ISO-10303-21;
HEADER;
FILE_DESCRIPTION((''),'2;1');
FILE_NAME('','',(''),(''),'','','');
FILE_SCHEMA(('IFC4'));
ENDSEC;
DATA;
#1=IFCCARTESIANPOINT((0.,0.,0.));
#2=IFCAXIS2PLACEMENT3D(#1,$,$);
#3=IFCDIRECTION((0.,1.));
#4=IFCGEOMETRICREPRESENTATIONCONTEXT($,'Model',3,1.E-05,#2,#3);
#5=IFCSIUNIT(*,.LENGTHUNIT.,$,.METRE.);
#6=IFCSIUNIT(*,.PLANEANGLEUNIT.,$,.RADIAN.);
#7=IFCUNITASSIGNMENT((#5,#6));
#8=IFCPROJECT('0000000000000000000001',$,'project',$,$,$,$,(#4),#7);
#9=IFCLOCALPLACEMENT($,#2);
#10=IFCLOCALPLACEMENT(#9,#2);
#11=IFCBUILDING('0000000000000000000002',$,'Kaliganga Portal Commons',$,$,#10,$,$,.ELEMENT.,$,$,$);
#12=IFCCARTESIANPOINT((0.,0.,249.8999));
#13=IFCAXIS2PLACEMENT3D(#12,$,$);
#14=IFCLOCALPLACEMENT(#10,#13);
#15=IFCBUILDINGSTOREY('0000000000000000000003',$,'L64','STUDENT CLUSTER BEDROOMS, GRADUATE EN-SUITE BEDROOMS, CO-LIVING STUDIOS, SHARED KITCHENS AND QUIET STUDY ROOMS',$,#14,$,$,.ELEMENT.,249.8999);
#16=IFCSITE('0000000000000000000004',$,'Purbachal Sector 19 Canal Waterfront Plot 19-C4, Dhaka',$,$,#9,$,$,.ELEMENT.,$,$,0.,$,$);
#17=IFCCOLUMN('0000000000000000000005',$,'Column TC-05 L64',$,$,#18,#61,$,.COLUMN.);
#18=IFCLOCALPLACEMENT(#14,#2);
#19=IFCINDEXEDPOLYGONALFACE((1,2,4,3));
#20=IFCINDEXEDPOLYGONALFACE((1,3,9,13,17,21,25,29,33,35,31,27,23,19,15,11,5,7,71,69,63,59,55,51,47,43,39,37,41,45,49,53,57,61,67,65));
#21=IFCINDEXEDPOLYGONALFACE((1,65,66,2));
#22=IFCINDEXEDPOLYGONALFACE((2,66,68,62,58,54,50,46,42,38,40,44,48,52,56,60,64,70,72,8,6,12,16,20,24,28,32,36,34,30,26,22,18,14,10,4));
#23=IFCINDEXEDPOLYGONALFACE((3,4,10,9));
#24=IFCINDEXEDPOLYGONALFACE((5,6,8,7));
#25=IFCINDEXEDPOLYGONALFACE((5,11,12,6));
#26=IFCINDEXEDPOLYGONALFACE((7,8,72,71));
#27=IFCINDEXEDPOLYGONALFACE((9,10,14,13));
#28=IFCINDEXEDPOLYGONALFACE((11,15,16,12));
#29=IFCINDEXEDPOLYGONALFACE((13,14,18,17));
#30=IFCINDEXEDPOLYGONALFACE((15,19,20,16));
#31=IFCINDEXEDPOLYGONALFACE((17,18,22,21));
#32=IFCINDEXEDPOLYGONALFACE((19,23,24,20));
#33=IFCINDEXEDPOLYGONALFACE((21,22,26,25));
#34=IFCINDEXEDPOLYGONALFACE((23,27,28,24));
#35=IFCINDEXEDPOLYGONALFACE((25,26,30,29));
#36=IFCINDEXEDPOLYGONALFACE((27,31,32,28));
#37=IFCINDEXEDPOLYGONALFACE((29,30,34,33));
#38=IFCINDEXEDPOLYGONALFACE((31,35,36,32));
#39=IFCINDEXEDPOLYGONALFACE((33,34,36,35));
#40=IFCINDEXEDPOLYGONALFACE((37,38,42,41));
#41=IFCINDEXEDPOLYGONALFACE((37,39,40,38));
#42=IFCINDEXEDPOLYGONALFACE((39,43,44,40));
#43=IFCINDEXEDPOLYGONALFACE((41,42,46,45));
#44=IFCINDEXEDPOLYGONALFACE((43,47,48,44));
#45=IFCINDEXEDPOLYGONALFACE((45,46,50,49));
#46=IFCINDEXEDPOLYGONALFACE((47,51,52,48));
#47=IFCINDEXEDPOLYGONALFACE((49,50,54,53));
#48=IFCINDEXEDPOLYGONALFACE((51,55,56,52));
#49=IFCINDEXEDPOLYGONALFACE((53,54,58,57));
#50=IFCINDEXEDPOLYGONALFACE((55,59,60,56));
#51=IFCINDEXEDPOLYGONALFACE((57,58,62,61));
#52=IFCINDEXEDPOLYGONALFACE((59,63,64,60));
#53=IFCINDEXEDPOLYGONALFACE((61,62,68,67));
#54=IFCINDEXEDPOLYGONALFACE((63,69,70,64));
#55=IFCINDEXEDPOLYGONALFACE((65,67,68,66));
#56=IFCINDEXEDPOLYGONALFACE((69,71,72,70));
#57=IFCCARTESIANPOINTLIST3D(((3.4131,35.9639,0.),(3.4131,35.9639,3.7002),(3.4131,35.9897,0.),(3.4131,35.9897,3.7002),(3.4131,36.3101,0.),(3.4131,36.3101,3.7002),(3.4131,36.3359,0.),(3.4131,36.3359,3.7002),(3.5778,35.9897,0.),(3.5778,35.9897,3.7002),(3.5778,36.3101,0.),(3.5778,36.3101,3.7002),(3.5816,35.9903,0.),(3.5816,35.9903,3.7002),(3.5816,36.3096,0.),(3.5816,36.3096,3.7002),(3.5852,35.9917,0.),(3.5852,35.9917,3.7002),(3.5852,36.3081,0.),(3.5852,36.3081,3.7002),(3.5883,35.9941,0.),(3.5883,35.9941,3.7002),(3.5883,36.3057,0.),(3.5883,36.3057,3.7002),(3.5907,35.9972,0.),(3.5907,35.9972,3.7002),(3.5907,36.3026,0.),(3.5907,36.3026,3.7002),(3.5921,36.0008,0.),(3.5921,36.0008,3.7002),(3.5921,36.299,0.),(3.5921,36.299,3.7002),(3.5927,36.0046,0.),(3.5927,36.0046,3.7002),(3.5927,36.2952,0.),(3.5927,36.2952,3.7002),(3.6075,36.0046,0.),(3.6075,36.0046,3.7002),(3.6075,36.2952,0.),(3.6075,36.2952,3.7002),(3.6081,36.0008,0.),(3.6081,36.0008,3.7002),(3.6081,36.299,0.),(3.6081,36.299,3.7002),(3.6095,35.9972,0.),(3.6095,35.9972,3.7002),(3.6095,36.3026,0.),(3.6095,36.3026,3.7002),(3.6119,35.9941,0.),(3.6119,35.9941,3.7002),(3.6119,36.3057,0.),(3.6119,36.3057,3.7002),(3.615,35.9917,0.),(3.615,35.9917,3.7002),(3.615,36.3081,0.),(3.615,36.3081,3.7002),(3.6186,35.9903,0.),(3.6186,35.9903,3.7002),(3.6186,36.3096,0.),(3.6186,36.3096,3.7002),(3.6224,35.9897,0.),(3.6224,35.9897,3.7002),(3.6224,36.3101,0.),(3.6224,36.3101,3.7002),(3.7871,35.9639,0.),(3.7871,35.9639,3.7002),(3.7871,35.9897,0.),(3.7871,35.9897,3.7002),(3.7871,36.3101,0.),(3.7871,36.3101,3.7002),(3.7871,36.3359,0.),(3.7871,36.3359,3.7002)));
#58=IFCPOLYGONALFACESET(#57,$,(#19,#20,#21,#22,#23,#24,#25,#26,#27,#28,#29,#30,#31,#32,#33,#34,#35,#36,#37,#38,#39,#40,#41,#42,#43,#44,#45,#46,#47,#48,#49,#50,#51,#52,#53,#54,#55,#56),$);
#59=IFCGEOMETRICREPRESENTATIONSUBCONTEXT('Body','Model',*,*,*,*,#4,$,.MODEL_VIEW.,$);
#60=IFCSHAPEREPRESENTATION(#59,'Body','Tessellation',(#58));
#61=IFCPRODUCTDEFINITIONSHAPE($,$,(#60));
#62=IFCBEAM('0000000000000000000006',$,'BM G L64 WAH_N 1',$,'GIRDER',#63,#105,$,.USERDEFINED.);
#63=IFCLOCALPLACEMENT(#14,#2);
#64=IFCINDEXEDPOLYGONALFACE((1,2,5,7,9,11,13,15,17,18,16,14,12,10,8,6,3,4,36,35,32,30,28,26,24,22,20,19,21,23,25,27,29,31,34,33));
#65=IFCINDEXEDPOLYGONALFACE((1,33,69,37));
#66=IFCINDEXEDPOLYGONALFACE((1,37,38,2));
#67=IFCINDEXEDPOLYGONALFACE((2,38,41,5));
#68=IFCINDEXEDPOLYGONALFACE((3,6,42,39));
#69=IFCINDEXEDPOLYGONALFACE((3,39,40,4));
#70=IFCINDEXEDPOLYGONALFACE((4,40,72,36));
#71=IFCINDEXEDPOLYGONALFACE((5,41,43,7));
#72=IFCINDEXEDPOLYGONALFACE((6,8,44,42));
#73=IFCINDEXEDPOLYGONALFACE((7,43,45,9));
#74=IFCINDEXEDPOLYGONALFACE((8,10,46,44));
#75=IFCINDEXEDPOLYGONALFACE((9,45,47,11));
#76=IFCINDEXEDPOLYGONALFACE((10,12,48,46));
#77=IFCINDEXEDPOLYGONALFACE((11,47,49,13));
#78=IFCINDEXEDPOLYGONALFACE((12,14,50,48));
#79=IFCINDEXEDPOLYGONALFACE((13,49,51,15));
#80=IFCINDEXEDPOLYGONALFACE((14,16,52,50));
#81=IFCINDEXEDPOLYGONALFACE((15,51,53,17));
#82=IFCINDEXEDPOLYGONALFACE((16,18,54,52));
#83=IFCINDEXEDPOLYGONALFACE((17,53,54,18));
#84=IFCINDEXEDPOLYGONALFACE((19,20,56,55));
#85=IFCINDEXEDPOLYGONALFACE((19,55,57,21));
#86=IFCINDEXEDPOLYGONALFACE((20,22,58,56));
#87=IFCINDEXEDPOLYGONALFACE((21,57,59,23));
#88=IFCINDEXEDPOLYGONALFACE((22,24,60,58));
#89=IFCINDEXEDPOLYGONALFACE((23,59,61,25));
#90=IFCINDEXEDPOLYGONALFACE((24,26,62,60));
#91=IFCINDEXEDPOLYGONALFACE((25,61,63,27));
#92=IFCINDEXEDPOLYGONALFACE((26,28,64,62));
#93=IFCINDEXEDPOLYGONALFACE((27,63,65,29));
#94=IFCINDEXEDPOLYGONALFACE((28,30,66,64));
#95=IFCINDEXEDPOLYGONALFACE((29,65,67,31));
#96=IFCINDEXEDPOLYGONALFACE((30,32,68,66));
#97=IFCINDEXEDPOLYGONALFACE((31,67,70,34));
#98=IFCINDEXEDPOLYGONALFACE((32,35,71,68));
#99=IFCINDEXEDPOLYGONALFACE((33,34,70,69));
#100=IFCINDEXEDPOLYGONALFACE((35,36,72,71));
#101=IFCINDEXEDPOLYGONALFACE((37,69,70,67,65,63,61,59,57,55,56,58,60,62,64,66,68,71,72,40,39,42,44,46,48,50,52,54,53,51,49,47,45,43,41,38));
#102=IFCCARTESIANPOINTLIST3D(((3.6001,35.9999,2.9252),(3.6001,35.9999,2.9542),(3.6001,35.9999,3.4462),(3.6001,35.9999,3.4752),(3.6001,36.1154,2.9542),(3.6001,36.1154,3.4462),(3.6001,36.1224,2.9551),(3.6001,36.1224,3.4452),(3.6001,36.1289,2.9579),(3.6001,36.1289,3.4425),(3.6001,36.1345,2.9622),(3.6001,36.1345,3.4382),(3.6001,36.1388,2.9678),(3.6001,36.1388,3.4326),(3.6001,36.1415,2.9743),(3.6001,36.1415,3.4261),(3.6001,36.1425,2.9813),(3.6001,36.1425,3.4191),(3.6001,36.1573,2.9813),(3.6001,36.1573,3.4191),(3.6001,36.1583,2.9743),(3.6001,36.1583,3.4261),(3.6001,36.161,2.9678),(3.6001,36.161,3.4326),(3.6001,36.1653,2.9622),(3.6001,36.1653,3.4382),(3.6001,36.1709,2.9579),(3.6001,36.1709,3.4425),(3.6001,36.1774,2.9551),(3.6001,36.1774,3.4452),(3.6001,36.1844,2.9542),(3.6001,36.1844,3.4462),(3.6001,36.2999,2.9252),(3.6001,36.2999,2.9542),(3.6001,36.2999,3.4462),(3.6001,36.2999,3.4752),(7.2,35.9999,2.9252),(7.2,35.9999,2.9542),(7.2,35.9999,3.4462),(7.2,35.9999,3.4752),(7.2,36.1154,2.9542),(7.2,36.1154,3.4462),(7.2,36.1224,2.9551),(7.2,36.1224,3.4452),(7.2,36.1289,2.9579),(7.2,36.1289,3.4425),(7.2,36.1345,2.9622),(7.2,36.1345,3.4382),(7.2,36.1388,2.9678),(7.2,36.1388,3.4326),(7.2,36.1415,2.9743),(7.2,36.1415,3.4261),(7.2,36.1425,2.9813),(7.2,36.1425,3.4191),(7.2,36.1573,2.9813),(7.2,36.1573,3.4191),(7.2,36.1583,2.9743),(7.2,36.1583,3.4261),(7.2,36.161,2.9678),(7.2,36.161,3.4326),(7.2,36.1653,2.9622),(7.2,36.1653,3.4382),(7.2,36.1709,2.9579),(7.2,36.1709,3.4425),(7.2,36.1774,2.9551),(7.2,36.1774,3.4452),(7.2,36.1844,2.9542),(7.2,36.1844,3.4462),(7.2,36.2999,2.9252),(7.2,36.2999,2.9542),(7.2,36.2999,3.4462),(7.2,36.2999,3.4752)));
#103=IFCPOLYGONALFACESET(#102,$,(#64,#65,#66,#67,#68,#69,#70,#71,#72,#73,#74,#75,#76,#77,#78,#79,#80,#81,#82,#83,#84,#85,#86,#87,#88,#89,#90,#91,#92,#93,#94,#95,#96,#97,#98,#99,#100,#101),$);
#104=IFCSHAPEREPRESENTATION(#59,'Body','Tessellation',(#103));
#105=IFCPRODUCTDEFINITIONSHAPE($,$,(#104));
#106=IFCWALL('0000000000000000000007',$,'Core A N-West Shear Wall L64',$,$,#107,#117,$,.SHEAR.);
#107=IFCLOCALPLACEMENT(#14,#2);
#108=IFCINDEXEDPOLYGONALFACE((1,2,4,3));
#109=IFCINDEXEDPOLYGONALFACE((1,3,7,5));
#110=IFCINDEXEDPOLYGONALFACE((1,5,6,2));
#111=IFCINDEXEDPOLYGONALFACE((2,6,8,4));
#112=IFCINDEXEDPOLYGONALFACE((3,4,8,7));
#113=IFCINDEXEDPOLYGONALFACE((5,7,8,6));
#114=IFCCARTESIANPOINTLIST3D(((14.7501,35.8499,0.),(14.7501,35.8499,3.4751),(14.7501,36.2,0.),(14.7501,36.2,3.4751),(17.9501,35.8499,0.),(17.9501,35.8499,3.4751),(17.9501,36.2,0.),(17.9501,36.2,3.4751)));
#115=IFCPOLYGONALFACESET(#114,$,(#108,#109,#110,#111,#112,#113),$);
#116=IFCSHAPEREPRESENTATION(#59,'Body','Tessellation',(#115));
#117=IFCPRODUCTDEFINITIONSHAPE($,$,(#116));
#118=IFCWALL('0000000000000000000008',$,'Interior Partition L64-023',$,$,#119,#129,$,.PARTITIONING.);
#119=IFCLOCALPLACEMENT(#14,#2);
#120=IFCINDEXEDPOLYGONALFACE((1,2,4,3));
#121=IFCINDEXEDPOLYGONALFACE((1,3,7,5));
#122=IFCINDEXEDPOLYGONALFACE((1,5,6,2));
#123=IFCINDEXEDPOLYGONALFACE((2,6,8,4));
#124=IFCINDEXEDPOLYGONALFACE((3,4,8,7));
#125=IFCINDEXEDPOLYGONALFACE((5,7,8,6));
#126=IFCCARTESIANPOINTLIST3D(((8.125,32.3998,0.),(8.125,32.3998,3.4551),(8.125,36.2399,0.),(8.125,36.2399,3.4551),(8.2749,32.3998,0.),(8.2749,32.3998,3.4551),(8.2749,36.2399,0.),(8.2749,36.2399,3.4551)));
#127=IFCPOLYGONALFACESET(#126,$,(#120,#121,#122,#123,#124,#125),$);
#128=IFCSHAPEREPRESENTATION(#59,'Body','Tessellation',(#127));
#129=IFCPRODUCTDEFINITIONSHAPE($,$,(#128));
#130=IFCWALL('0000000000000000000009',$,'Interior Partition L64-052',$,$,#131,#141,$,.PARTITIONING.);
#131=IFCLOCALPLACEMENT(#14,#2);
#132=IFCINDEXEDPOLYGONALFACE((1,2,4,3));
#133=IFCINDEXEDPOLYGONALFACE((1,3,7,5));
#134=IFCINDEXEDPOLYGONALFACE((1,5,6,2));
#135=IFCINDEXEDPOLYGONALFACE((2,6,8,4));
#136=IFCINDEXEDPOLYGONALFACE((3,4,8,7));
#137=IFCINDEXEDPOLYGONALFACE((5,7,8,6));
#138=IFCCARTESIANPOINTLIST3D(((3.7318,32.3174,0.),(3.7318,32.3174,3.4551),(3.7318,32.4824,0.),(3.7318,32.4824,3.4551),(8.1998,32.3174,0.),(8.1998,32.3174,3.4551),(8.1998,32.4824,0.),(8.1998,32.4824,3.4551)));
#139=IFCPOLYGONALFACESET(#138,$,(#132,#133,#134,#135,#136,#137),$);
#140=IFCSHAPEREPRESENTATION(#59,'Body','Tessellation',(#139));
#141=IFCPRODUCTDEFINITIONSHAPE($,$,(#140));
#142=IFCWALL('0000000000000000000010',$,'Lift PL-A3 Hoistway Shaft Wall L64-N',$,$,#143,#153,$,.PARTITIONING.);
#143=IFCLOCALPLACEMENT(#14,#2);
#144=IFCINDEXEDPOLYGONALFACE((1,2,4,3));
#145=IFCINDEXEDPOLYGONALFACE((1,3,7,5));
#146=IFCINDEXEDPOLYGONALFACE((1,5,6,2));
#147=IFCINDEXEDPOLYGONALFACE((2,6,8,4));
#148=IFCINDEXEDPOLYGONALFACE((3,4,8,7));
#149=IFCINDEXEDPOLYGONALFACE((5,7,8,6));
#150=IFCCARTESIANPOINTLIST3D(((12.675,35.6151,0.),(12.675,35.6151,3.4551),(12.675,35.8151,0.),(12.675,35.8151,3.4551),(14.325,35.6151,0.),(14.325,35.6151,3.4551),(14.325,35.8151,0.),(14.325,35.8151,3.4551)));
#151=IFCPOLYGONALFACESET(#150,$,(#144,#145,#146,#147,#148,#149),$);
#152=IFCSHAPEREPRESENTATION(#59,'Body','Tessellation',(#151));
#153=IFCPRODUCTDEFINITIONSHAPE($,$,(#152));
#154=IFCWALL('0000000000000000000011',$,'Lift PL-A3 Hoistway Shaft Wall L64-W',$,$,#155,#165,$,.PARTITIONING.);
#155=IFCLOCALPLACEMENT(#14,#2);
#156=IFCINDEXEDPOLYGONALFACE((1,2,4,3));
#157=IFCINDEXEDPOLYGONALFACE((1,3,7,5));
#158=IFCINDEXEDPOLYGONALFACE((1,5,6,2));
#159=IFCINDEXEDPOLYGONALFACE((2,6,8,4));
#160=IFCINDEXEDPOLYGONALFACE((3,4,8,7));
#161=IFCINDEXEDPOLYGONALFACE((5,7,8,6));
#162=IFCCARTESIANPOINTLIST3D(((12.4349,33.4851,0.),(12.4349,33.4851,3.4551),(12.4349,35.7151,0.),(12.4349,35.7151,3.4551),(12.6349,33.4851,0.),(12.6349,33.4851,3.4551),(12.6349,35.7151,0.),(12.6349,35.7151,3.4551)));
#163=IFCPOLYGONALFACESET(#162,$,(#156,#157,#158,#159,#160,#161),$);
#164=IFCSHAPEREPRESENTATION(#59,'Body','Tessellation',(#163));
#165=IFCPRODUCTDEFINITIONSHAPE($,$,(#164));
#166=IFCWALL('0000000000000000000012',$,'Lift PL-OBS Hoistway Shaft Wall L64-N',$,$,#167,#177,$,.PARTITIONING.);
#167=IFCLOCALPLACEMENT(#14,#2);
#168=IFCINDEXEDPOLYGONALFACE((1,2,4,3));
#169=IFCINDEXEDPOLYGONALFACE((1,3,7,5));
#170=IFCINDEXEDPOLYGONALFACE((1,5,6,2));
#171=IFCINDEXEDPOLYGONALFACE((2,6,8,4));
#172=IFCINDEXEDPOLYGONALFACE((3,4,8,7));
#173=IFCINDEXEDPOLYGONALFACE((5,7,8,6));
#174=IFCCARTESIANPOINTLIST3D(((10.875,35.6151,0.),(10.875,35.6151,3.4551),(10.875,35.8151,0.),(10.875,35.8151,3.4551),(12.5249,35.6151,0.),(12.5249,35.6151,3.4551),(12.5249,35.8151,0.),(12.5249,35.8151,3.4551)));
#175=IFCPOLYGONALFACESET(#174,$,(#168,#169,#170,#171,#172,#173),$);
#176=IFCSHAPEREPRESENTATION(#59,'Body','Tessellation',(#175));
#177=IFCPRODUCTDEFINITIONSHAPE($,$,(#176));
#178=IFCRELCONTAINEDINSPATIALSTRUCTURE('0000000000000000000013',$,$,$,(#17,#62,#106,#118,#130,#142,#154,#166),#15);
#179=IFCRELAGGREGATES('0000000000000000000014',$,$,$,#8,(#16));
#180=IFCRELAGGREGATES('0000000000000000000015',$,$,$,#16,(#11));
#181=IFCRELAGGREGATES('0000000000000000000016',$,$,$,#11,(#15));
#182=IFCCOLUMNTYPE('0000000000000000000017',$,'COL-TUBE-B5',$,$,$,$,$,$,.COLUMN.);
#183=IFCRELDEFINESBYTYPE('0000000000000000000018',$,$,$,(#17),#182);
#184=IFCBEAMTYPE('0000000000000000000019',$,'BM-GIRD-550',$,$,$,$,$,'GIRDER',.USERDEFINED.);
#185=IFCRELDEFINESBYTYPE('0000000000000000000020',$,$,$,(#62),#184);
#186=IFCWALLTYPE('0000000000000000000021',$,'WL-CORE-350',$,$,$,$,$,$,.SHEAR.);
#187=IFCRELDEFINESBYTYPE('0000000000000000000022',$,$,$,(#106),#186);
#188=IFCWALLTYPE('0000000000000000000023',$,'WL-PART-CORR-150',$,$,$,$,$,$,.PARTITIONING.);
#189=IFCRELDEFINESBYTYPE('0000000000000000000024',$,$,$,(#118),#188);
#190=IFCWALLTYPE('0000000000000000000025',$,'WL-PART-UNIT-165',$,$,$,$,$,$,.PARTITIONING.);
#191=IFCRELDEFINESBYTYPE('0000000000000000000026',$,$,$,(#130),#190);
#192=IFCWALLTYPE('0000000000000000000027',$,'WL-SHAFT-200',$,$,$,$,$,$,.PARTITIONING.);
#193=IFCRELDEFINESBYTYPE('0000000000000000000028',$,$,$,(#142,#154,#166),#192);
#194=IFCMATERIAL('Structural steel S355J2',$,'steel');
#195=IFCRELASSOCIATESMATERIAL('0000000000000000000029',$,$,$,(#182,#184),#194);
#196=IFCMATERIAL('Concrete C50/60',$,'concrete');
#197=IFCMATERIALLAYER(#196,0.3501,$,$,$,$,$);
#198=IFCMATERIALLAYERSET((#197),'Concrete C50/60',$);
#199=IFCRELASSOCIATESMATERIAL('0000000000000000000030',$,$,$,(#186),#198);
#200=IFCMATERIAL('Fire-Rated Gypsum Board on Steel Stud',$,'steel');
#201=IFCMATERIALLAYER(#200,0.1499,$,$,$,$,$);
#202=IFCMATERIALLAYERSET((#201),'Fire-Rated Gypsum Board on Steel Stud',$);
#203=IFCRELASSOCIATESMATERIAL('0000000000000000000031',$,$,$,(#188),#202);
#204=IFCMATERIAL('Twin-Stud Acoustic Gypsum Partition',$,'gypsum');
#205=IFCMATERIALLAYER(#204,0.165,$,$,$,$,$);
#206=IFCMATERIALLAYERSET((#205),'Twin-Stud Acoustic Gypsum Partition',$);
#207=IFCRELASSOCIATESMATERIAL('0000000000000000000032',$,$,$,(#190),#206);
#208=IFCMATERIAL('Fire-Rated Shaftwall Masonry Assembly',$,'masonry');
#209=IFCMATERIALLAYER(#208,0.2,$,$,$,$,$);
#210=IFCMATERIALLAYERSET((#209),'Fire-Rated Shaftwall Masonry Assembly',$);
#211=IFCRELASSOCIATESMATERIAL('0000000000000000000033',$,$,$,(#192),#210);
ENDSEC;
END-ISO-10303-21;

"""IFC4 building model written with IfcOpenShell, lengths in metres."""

from ifc_helpers import new_model, si_unit, direction, frame, frame_2d, origin, origin_2d, place, context, subcontext, project, spatial, rectangle, i_section, extrude, source, transform, mapped, material, layer, layer_set, material_profile, profile_set, type_object, element, save


model = new_model("IFC4")

# Units and contexts
model_context = context("Model", 3, precision=1e-05, world=origin(), true_north=direction((0.0, 1.0)))
body_context = subcontext(model_context, "Body", "Model", "MODEL_VIEW")
ifc_project = project(units=[si_unit("LENGTHUNIT", "METRE"), si_unit("PLANEANGLEUNIT", "RADIAN")], contexts=[model_context])

# Site, building, storey
site_placement = place(None, origin())
site = spatial("IfcSite", under=ifc_project, at=site_placement, Name="Purbachal Sector 19 Canal Waterfront Plot 19-C4, Dhaka", CompositionType="ELEMENT", RefElevation=0.0)
building_placement = place(site_placement, origin())
building = spatial("IfcBuilding", under=site, at=building_placement, Name="Kaliganga Portal Commons", CompositionType="ELEMENT")
storey_placement = place(building_placement, frame((0.0, 0.0, 249.8999)))
storey = spatial("IfcBuildingStorey", under=building, at=storey_placement, Name="L64", Description="STUDENT CLUSTER BEDROOMS, GRADUATE EN-SUITE BEDROOMS, CO-LIVING STUDIOS, SHARED KITCHENS AND QUIET STUDY ROOMS", CompositionType="ELEMENT", Elevation=249.8999)

# Column
ifc_material_1 = material(Name="Structural steel S355J2", Category="steel")
ifc_material_profile_1 = material_profile(ifc_material_1, i_section(OverallWidth=0.374, OverallDepth=0.3721, WebThickness=0.0149, FlangeThickness=0.0259, FilletRadius=0.0149, at=origin_2d()), Name="HD 360x196")
ifc_profile_set_1 = profile_set([ifc_material_profile_1], Name="Structural steel S355J2 wide-flange")
column_type = type_object("IfcColumnType", Name="COL-TUBE-B5", PredefinedType="COLUMN", material=ifc_profile_set_1)
shared_shape_1 = source(origin(), body_context, "Body", "SweptSolid", [
    extrude(i_section(OverallWidth=0.374, OverallDepth=0.3721, WebThickness=0.0149, FlangeThickness=0.0259, FilletRadius=0.0149, at=origin_2d()), origin(), (0.0, 0.0, 1.0), 3.7002),
])
column_placement = place(storey_placement, frame((3.6001, 36.1499, 0.0), z_axis=(0.0, 0.0, 1.0), x_axis=(1.0, 0.0, 0.0)))
element("IfcColumn", 1, at=column_placement, inside=storey, type_object=column_type, Name="Column TC-05 L64", PredefinedType="COLUMN", context=body_context, shape_type="MappedRepresentation", body=[
    mapped(shared_shape_1, transform((0.0, 0.0, 0.0), x_axis=(1.0, 0.0, 0.0), y_axis=(0.0, 1.0, 0.0), z_axis=(0.0, 0.0, 1.0), scale=1.0)),
])

# Beam
ifc_material_profile_2 = material_profile(ifc_material_1, i_section(OverallWidth=0.3, OverallDepth=0.55, WebThickness=0.0149, FlangeThickness=0.0291, FilletRadius=0.0271, at=origin_2d()), Name="HE 550 B")
ifc_profile_set_2 = profile_set([ifc_material_profile_2], Name="Structural steel S355J2 wide-flange")
beam_type = type_object("IfcBeamType", Name="BM-GIRD-550", ElementType="GIRDER", PredefinedType="USERDEFINED", material=ifc_profile_set_2)
shared_shape_2 = source(origin(), body_context, "Body", "SweptSolid", [
    extrude(i_section(OverallWidth=0.3, OverallDepth=0.55, WebThickness=0.0149, FlangeThickness=0.0291, FilletRadius=0.0271, at=origin_2d()), origin(), (0.0, 0.0, 1.0), 3.5999),
])
beam_placement = place(storey_placement, frame((3.6001, 36.1499, 3.2002), z_axis=(1.0, 0.0, 0.0), x_axis=(0.0, 1.0, 0.0)))
element("IfcBeam", 2, at=beam_placement, inside=storey, type_object=beam_type, Name="BM G L64 WAH_N 1", ObjectType="GIRDER", PredefinedType="USERDEFINED", context=body_context, shape_type="MappedRepresentation", body=[
    mapped(shared_shape_2, transform((0.0, 0.0, 0.0), x_axis=(1.0, 0.0, 0.0), y_axis=(0.0, 1.0, 0.0), z_axis=(0.0, 0.0, 1.0), scale=1.0)),
])

# Walls
ifc_material_2 = material(Name="Concrete C50/60", Category="concrete")
ifc_layer_1 = layer(ifc_material_2, 0.3501)
ifc_layer_set_1 = layer_set([ifc_layer_1], Name="Concrete C50/60")
wall_type_1 = type_object("IfcWallType", Name="WL-CORE-350", PredefinedType="SHEAR", material=ifc_layer_set_1)
wall_1_placement = place(storey_placement, frame((14.75, 36.0249, 0.0), z_axis=(0.0, 0.0, 1.0), x_axis=(1.0, 0.0, 0.0)))
element("IfcWall", 3, at=wall_1_placement, inside=storey, type_object=wall_type_1, Name="Core A N-West Shear Wall L64", PredefinedType="SHEAR", context=body_context, shape_type="SweptSolid", body=[
    extrude(rectangle(XDim=3.2, YDim=0.3501, at=frame_2d((1.6001, 0.0))), origin(), (0.0, 0.0, 1.0), 3.4751),
])
ifc_material_3 = material(Name="Fire-Rated Gypsum Board on Steel Stud", Category="steel")
ifc_layer_2 = layer(ifc_material_3, 0.1499)
ifc_layer_set_2 = layer_set([ifc_layer_2], Name="Fire-Rated Gypsum Board on Steel Stud")
wall_type_2 = type_object("IfcWallType", Name="WL-PART-CORR-150", PredefinedType="PARTITIONING", material=ifc_layer_set_2)
wall_2_placement = place(storey_placement, frame((8.2, 32.3999, 0.0), z_axis=(0.0, 0.0, 1.0), x_axis=(0.0, 1.0, 0.0)))
element("IfcWall", 4, at=wall_2_placement, inside=storey, type_object=wall_type_2, Name="Interior Partition L64-023", PredefinedType="PARTITIONING", context=body_context, shape_type="SweptSolid", body=[
    extrude(rectangle(XDim=3.8401, YDim=0.1499, at=frame_2d((1.9199, 0.0))), origin(), (0.0, 0.0, 1.0), 3.4551),
])
ifc_material_4 = material(Name="Twin-Stud Acoustic Gypsum Partition", Category="gypsum")
ifc_layer_3 = layer(ifc_material_4, 0.165)
ifc_layer_set_3 = layer_set([ifc_layer_3], Name="Twin-Stud Acoustic Gypsum Partition")
wall_type_3 = type_object("IfcWallType", Name="WL-PART-UNIT-165", PredefinedType="PARTITIONING", material=ifc_layer_set_3)
wall_3_placement = place(storey_placement, frame((3.7319, 32.3999, 0.0), z_axis=(0.0, 0.0, 1.0), x_axis=(1.0, 0.0, 0.0)))
element("IfcWall", 5, at=wall_3_placement, inside=storey, type_object=wall_type_3, Name="Interior Partition L64-052", PredefinedType="PARTITIONING", context=body_context, shape_type="SweptSolid", body=[
    extrude(rectangle(XDim=4.468, YDim=0.165, at=frame_2d((2.2339, 0.0))), origin(), (0.0, 0.0, 1.0), 3.4551),
])

# Shared definitions
ifc_material_5 = material(Name="Fire-Rated Shaftwall Masonry Assembly", Category="masonry")
ifc_layer_4 = layer(ifc_material_5, 0.2)
ifc_layer_set_4 = layer_set([ifc_layer_4], Name="Fire-Rated Shaftwall Masonry Assembly")
wall_type_4 = type_object("IfcWallType", Name="WL-SHAFT-200", PredefinedType="PARTITIONING", material=ifc_layer_set_4)

# Walls
wall_4_placement = place(storey_placement, frame((12.675, 35.7151, 0.0), z_axis=(0.0, 0.0, 1.0), x_axis=(1.0, 0.0, 0.0)))
element("IfcWall", 6, at=wall_4_placement, inside=storey, type_object=wall_type_4, Name="Lift PL-A3 Hoistway Shaft Wall L64-N", PredefinedType="PARTITIONING", context=body_context, shape_type="SweptSolid", body=[
    extrude(rectangle(XDim=1.6499, YDim=0.2, at=frame_2d((0.825, 0.0))), origin(), (0.0, 0.0, 1.0), 3.4551),
])
wall_5_placement = place(storey_placement, frame((12.5349, 33.4851, 0.0), z_axis=(0.0, 0.0, 1.0), x_axis=(0.0, 1.0, 0.0)))
element("IfcWall", 7, at=wall_5_placement, inside=storey, type_object=wall_type_4, Name="Lift PL-A3 Hoistway Shaft Wall L64-W", PredefinedType="PARTITIONING", context=body_context, shape_type="SweptSolid", body=[
    extrude(rectangle(XDim=2.23, YDim=0.2, at=frame_2d((1.115, 0.0))), origin(), (0.0, 0.0, 1.0), 3.4551),
])

# Wall
wall_6_placement = place(storey_placement, frame((10.875, 35.7151, 0.0), z_axis=(0.0, 0.0, 1.0), x_axis=(1.0, 0.0, 0.0)))
element("IfcWall", 8, at=wall_6_placement, inside=storey, type_object=wall_type_4, Name="Lift PL-OBS Hoistway Shaft Wall L64-N", PredefinedType="PARTITIONING", context=body_context, shape_type="SweptSolid", body=[
    extrude(rectangle(XDim=1.6499, YDim=0.2, at=frame_2d((0.825, 0.0))), origin(), (0.0, 0.0, 1.0), 3.4551),
])

save(model, "model.ifc")
